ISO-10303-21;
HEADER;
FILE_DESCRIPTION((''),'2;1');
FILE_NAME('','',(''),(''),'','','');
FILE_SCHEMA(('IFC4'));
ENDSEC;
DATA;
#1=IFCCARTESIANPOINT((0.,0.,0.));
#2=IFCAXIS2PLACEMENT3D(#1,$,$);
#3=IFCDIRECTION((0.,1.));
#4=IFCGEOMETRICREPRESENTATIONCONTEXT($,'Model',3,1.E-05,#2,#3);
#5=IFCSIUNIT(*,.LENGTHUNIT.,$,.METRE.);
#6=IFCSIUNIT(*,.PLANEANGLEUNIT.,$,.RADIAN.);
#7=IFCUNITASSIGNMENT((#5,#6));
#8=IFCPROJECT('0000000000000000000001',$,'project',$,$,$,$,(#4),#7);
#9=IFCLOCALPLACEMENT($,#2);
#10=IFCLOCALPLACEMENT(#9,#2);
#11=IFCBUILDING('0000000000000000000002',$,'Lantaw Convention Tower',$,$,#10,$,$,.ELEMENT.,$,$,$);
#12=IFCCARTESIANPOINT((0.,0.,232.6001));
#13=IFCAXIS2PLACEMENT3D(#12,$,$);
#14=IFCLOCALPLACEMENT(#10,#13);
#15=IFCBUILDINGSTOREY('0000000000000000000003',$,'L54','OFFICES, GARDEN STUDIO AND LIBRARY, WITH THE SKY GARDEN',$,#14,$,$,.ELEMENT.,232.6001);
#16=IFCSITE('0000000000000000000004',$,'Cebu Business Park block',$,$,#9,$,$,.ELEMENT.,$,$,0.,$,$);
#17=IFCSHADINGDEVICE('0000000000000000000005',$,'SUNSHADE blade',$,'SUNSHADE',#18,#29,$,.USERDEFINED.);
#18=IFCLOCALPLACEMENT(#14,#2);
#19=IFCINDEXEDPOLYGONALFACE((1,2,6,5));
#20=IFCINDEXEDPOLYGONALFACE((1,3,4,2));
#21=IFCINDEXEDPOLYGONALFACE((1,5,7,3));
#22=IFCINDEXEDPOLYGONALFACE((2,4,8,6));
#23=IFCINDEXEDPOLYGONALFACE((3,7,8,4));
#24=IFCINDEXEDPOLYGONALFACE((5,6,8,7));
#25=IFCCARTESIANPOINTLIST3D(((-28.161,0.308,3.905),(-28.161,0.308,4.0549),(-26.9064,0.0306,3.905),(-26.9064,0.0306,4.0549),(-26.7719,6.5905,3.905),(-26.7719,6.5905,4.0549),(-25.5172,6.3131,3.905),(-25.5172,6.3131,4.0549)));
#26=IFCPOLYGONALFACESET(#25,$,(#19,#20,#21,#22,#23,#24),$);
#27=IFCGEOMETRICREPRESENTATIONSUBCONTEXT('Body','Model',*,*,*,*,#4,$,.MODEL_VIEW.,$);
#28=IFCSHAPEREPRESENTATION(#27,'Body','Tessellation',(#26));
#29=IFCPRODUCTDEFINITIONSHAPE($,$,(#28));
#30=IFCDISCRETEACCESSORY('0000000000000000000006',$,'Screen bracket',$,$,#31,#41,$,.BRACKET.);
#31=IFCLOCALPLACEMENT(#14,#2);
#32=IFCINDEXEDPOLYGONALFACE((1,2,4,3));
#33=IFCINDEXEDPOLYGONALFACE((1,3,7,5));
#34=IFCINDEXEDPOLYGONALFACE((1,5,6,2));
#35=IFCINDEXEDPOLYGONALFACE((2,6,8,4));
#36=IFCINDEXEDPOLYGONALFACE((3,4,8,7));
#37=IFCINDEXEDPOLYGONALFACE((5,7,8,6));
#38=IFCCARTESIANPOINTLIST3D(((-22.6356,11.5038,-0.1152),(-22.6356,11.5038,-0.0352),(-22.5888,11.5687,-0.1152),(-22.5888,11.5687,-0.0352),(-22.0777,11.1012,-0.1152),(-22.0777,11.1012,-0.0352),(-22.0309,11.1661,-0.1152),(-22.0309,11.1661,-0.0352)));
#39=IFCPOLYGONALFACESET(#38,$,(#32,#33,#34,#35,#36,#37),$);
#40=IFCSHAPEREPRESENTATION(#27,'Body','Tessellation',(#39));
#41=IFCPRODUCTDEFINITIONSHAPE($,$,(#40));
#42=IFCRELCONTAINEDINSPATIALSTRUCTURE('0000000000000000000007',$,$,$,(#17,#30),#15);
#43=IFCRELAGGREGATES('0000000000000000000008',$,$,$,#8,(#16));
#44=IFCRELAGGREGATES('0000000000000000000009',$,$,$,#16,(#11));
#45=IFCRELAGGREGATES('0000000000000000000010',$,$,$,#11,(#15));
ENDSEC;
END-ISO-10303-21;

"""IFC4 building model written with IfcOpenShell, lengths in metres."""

from ifc_helpers import new_model, si_unit, direction, frame, origin, origin_2d, place, context, subcontext, project, spatial, rectangle, extrude, element, save


model = new_model("IFC4")

# Units and contexts
model_context = context("Model", 3, precision=1e-05, world=origin(), true_north=direction((0.0, 1.0)))
body_context = subcontext(model_context, "Body", "Model", "MODEL_VIEW")
ifc_project = project(units=[si_unit("LENGTHUNIT", "METRE"), si_unit("PLANEANGLEUNIT", "RADIAN")], contexts=[model_context])

# Site, building, storey
site_placement = place(None, origin())
site = spatial("IfcSite", under=ifc_project, at=site_placement, Name="Cebu Business Park block", CompositionType="ELEMENT", RefElevation=0.0)
building_placement = place(site_placement, origin())
building = spatial("IfcBuilding", under=site, at=building_placement, Name="Lantaw Convention Tower", CompositionType="ELEMENT")
storey_placement = place(building_placement, frame((0.0, 0.0, 232.6001)))
storey = spatial("IfcBuildingStorey", under=building, at=storey_placement, Name="L54", Description="OFFICES, GARDEN STUDIO AND LIBRARY, WITH THE SKY GARDEN", CompositionType="ELEMENT", Elevation=232.6001)

# Shading device
shading_device_1_placement = place(storey_placement, frame((-26.8391, 3.3105, 3.905), z_axis=(0.0, 0.0, 1.0), x_axis=(-0.215891, -0.976417, 0.0)))
element("IfcShadingDevice", 1, at=shading_device_1_placement, inside=storey, Name="SUNSHADE blade", ObjectType="SUNSHADE", PredefinedType="USERDEFINED", context=body_context, shape_type="SweptSolid", body=[
    extrude(rectangle(XDim=6.4343, YDim=1.2849, at=origin_2d()), origin(), (0.0, 0.0, 1.0), 0.1499),
])

# Discrete accessory
discrete_accessory_placement = place(storey_placement, frame((-22.3333, 11.335, -0.1152), z_axis=(0.0, 0.0, 1.0), x_axis=(-0.585158, -0.81092, 0.0)))
element("IfcDiscreteAccessory", 2, at=discrete_accessory_placement, inside=storey, Name="Screen bracket", PredefinedType="BRACKET", context=body_context, shape_type="SweptSolid", body=[
    extrude(rectangle(XDim=0.0801, YDim=0.688, at=origin_2d()), origin(), (0.0, 0.0, 1.0), 0.0801),
])

save(model, "model.ifc")
